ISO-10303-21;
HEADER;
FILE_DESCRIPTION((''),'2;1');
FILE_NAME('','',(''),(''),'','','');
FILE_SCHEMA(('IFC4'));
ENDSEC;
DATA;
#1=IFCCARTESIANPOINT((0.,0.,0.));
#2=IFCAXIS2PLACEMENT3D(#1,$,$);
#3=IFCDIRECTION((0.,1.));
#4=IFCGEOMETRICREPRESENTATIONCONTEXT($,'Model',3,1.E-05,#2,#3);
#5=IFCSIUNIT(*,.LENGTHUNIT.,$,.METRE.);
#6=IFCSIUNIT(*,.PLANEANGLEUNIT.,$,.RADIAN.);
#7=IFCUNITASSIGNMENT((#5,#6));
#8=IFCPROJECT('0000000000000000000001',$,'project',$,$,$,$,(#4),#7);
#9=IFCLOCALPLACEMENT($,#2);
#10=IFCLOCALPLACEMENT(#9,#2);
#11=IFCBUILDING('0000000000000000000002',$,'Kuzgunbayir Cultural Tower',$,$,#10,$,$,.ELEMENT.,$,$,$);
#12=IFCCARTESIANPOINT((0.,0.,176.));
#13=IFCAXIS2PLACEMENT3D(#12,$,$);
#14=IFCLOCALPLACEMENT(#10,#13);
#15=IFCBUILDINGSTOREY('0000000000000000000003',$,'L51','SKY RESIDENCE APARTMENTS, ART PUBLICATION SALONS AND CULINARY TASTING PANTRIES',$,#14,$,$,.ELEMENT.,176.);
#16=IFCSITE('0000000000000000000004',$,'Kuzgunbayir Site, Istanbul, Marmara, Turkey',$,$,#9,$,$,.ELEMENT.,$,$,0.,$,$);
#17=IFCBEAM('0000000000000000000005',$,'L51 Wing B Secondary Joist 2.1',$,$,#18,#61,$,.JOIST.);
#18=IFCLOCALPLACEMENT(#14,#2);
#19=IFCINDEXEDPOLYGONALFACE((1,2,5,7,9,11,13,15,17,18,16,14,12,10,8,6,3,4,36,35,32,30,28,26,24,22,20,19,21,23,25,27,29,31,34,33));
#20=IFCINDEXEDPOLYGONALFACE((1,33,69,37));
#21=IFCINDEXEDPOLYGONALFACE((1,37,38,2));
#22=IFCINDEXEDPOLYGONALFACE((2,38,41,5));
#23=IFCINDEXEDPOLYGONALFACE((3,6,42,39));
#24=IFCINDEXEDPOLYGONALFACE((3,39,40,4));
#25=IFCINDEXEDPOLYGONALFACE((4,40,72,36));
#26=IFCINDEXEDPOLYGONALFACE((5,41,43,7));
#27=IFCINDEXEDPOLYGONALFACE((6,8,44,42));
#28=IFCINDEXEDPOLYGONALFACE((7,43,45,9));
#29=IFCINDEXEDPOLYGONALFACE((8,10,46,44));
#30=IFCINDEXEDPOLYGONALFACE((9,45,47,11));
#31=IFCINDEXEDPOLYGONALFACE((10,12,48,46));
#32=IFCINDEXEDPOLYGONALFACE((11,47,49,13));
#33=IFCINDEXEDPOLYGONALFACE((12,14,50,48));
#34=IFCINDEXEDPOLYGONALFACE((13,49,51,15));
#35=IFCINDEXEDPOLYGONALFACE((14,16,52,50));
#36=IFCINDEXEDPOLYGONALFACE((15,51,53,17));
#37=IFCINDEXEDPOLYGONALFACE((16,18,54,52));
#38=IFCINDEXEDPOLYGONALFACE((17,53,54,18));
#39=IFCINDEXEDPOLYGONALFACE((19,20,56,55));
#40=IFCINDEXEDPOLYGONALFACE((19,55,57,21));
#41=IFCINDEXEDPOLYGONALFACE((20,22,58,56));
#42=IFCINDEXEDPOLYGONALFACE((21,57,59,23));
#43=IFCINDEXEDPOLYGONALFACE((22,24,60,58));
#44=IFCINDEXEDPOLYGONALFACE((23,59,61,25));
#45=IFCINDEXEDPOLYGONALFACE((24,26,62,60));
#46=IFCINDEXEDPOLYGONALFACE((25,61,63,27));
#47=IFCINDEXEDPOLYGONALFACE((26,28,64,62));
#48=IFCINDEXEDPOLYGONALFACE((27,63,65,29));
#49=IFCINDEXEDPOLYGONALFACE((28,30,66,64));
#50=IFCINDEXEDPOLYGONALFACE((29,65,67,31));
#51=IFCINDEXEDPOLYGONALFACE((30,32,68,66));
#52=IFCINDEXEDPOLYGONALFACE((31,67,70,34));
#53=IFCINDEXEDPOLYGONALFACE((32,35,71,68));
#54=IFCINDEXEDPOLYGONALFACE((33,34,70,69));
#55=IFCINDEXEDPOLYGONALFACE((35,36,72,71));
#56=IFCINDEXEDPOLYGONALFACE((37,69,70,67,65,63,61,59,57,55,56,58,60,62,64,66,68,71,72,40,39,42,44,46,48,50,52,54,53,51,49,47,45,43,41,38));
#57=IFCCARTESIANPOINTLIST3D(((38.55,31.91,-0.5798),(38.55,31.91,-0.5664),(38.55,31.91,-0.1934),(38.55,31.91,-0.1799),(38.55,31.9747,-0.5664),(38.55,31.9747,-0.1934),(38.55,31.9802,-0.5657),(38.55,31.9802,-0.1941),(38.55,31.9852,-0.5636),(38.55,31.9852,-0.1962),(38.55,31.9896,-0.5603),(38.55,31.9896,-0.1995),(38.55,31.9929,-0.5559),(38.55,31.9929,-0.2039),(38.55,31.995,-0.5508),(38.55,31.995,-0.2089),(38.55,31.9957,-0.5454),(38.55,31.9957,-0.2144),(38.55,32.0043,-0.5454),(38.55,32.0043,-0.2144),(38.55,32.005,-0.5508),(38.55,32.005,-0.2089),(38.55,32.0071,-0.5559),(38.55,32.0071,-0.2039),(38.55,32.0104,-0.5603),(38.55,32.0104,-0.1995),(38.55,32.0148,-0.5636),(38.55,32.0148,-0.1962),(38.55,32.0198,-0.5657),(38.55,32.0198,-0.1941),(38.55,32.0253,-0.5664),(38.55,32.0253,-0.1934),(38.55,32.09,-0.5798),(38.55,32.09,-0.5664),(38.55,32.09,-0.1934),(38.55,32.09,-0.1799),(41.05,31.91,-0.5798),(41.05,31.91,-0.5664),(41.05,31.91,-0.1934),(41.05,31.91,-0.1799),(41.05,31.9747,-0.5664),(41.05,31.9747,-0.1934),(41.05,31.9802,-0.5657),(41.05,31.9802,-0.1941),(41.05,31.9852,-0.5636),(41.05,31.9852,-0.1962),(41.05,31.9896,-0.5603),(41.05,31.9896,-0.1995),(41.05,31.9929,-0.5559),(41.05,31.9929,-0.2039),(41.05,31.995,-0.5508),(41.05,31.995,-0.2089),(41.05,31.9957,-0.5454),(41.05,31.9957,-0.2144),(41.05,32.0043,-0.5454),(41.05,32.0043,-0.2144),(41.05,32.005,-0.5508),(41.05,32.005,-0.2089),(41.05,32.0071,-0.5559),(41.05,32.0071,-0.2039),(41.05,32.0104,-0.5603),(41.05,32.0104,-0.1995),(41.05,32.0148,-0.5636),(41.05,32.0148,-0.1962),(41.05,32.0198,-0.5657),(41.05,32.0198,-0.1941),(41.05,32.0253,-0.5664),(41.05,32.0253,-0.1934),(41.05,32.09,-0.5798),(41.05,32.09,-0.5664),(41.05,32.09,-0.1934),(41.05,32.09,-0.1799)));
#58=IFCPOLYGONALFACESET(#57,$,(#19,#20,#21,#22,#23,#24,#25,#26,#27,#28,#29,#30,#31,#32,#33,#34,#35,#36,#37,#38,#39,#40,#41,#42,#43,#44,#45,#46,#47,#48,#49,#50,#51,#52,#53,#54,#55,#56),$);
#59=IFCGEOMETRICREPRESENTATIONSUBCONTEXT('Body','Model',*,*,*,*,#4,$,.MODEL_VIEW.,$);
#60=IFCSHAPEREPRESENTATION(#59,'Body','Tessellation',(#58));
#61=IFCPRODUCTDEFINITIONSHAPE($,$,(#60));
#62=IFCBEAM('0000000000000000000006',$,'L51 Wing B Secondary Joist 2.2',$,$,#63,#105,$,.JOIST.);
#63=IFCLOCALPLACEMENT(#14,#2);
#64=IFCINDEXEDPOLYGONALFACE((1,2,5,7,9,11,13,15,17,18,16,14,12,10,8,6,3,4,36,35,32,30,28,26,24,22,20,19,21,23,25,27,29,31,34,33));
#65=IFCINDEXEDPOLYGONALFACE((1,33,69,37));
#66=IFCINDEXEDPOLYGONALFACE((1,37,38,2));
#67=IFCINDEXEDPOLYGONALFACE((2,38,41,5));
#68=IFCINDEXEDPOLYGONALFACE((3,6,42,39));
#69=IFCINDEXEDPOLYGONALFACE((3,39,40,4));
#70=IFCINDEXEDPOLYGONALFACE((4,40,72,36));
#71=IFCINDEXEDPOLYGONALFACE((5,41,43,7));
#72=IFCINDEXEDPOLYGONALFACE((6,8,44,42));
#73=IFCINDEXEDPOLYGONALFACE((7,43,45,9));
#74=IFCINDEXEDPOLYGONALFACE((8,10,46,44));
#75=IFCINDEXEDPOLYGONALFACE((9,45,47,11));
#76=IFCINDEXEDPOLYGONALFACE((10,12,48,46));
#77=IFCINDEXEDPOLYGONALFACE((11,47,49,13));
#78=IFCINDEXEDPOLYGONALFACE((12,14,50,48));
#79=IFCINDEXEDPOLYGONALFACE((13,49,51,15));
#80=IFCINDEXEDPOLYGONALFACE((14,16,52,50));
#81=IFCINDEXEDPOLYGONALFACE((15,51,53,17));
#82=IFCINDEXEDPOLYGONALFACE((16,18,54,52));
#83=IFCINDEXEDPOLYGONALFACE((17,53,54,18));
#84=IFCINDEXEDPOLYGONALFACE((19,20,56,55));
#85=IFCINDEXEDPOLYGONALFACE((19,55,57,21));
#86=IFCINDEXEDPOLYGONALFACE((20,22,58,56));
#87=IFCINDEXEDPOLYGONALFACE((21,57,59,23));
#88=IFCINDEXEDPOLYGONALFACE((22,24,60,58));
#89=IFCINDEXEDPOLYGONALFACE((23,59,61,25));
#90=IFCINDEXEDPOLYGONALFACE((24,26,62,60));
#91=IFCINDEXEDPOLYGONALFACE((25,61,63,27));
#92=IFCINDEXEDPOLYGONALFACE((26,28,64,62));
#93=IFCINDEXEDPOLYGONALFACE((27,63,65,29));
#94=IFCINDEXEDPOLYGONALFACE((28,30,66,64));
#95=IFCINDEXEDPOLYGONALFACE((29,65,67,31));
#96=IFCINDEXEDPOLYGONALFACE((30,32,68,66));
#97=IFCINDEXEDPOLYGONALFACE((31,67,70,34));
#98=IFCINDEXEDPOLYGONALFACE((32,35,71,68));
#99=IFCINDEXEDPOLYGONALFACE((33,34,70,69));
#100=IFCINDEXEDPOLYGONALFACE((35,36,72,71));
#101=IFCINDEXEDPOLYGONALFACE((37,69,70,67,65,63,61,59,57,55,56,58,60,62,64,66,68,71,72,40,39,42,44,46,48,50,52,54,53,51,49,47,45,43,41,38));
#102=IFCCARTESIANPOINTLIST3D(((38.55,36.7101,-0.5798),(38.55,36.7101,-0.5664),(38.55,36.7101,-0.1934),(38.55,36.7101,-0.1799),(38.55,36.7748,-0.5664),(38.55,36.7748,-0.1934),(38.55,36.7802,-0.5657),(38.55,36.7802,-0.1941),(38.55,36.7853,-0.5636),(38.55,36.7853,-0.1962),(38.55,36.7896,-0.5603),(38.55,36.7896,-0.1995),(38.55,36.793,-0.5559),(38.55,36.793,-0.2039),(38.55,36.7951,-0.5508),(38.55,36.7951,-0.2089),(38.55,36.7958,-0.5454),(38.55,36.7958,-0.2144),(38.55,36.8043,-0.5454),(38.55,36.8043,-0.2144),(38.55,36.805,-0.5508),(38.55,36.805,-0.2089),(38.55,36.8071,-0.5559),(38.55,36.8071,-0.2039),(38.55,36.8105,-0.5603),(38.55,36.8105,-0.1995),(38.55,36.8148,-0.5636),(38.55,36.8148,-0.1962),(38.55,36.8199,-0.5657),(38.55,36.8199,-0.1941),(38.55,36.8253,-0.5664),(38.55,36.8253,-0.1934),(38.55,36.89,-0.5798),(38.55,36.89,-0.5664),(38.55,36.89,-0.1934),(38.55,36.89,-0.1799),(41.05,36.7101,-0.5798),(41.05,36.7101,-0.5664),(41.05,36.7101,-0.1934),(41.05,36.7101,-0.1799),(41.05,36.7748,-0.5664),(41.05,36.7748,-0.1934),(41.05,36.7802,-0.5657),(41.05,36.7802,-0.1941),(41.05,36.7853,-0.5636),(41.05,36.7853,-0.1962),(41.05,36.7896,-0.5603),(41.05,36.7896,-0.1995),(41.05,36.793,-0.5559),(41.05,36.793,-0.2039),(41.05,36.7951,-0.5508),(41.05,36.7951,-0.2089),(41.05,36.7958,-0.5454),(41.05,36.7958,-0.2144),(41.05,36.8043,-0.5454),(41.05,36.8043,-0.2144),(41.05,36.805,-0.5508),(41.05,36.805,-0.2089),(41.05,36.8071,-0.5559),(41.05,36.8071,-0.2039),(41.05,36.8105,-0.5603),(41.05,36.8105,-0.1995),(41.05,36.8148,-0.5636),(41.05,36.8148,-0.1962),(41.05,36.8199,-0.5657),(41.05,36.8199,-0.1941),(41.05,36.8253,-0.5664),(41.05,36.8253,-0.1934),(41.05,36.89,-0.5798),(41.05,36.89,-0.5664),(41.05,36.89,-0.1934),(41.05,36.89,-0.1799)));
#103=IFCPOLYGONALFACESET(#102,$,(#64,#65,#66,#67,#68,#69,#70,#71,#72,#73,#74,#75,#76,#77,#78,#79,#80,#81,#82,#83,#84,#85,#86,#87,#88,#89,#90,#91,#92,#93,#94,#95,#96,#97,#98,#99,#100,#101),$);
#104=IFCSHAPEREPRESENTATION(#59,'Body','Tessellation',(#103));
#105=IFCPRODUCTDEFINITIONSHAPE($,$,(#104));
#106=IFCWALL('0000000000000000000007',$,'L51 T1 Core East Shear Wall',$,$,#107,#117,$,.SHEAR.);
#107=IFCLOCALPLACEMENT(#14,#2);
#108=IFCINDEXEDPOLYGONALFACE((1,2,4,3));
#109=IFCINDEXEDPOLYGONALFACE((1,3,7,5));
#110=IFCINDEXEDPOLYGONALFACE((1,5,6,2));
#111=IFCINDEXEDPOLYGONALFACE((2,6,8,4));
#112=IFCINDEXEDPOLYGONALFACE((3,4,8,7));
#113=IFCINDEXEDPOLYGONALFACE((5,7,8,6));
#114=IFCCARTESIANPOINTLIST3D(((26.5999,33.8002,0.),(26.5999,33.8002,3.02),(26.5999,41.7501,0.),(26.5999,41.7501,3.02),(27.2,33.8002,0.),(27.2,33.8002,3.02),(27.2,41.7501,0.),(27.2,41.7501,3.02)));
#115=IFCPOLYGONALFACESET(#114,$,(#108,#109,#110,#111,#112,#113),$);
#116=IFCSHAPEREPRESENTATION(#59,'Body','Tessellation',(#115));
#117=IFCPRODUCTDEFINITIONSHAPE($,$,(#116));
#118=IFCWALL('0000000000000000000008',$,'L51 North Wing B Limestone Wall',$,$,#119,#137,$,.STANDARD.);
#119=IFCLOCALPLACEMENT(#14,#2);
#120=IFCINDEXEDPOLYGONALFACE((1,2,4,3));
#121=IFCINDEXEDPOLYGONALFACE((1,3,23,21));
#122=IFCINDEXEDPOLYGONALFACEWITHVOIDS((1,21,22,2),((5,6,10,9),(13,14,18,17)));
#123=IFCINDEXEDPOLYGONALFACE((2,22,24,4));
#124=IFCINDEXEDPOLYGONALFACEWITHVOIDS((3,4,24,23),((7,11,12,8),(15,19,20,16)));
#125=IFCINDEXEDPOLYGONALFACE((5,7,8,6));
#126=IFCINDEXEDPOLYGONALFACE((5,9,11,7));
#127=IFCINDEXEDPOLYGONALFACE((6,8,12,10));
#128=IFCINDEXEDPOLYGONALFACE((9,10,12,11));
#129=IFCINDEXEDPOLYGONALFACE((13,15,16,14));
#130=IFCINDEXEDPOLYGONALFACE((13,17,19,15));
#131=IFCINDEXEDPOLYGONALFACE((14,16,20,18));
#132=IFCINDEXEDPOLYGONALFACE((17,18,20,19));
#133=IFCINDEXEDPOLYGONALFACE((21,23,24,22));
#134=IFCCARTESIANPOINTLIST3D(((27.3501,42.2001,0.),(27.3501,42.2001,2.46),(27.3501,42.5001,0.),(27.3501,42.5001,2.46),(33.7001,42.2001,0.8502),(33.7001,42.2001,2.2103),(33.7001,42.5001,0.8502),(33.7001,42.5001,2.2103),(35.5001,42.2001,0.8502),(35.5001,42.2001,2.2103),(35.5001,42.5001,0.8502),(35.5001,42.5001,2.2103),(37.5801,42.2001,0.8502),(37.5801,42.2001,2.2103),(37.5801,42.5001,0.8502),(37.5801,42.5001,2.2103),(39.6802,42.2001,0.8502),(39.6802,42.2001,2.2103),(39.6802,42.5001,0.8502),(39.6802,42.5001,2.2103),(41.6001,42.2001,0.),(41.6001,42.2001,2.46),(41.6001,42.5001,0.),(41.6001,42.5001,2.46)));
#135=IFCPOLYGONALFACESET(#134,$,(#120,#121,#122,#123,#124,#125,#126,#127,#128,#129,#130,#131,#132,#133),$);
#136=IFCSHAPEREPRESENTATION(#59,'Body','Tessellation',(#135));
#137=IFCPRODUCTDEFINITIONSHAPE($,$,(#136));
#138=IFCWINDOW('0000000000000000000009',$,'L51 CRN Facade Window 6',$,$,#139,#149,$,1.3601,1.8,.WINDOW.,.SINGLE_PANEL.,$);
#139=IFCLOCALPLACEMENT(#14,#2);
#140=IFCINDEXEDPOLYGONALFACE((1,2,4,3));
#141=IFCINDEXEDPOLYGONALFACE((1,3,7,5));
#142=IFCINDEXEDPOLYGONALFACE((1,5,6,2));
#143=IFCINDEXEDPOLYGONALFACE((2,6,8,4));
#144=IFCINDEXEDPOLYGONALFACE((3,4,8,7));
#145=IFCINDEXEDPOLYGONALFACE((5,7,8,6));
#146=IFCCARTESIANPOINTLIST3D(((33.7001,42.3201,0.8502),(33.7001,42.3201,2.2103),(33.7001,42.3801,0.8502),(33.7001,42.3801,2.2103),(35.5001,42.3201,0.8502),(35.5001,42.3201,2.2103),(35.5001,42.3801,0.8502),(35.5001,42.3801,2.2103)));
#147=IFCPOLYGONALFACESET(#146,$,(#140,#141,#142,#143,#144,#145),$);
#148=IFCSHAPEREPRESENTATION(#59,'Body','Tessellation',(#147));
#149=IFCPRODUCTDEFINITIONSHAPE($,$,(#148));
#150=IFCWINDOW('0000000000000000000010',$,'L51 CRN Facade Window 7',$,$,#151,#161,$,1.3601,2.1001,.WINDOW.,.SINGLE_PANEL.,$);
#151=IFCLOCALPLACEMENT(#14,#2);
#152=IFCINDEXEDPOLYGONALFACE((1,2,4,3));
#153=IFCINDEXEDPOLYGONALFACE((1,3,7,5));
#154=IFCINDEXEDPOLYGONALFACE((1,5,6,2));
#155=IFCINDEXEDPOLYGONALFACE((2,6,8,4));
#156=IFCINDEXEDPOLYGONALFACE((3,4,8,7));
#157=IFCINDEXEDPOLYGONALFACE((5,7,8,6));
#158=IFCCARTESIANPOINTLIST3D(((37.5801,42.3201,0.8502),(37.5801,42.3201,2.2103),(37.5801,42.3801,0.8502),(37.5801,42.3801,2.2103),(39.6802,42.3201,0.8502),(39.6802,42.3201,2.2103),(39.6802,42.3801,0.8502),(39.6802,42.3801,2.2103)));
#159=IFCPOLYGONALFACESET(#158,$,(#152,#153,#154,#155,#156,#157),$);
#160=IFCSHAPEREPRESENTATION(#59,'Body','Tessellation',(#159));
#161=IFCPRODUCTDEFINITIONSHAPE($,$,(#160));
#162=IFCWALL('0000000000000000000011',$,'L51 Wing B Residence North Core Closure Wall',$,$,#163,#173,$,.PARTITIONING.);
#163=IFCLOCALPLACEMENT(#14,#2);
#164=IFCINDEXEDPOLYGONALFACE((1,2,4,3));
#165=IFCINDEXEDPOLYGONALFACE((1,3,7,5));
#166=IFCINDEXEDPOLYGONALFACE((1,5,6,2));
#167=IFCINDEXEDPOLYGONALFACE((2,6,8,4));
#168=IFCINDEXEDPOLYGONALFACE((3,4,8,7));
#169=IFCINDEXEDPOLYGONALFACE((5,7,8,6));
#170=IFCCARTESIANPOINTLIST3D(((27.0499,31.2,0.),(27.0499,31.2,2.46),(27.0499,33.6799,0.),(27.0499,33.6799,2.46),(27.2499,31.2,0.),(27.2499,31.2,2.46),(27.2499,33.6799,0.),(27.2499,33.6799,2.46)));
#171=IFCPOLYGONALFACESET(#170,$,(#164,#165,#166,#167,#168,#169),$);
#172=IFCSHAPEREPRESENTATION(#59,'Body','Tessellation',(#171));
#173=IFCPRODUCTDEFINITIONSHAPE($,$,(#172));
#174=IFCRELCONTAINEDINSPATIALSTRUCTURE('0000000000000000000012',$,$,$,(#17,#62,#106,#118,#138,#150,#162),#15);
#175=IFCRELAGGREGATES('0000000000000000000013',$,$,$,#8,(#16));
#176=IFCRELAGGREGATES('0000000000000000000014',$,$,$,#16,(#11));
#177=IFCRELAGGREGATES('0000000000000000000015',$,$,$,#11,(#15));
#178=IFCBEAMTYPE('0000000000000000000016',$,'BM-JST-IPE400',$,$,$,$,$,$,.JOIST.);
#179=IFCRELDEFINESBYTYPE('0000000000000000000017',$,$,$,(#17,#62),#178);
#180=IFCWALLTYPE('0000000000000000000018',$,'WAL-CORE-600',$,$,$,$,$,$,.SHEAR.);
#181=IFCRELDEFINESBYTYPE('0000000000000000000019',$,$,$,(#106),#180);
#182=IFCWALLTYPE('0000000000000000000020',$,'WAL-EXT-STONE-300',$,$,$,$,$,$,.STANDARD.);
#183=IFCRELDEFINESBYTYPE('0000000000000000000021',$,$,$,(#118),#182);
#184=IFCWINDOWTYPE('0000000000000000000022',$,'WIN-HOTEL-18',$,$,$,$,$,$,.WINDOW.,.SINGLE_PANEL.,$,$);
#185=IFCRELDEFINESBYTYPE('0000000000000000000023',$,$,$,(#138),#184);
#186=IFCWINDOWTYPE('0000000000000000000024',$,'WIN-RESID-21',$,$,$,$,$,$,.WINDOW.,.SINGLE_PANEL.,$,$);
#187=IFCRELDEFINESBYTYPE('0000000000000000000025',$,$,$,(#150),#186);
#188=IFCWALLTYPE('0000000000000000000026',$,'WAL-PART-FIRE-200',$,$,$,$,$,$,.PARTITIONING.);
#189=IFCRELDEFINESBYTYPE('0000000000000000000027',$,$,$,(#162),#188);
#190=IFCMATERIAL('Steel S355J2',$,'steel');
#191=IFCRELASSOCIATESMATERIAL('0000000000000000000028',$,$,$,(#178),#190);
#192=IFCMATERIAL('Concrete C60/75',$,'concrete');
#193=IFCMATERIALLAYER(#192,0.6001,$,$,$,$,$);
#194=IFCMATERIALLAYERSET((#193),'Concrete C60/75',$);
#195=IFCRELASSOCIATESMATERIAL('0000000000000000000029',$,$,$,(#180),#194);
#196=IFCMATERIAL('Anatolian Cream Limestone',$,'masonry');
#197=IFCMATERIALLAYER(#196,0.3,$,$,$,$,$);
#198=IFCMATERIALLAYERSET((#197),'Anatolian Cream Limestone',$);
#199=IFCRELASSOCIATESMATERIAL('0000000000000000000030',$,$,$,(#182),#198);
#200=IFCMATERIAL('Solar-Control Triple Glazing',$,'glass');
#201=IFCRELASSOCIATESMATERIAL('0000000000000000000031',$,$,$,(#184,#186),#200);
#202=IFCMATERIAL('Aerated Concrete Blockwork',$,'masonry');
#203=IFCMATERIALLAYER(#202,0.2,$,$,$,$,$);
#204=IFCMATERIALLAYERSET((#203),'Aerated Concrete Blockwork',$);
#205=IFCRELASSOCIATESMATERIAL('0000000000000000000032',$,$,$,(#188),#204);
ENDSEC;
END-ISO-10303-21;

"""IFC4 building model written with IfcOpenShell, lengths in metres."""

from ifc_helpers import new_model, si_unit, direction, frame, frame_2d, origin, origin_2d, place, context, subcontext, project, spatial, rectangle, i_section, extrude, material, layer, layer_set, material_profile, profile_set, type_object, element, fill, save


model = new_model("IFC4")

# Units and contexts
model_context = context("Model", 3, precision=1e-05, world=origin(), true_north=direction((0.0, 1.0)))
body_context = subcontext(model_context, "Body", "Model", "MODEL_VIEW")
ifc_project = project(units=[si_unit("LENGTHUNIT", "METRE"), si_unit("PLANEANGLEUNIT", "RADIAN")], contexts=[model_context])

# Site, building, storey
site_placement = place(None, origin())
site = spatial("IfcSite", under=ifc_project, at=site_placement, Name="Kuzgunbayir Site, Istanbul, Marmara, Turkey", CompositionType="ELEMENT", RefElevation=0.0)
building_placement = place(site_placement, origin())
building = spatial("IfcBuilding", under=site, at=building_placement, Name="Kuzgunbayir Cultural Tower", CompositionType="ELEMENT")
storey_placement = place(building_placement, frame((0.0, 0.0, 176.0)))
storey = spatial("IfcBuildingStorey", under=building, at=storey_placement, Name="L51", Description="SKY RESIDENCE APARTMENTS, ART PUBLICATION SALONS AND CULINARY TASTING PANTRIES", CompositionType="ELEMENT", Elevation=176.0)

# Beams
ifc_material_1 = material(Name="Steel S355J2", Category="steel")
ifc_material_profile_1 = material_profile(ifc_material_1, i_section(OverallWidth=0.1799, OverallDepth=0.3999, WebThickness=0.0085, FlangeThickness=0.0134, FilletRadius=0.021, at=origin_2d()), Name="IPE 400")
ifc_profile_set_1 = profile_set([ifc_material_profile_1], Name="Steel S355J2")
beam_type_1 = type_object("IfcBeamType", Name="BM-JST-IPE400", PredefinedType="JOIST", material=ifc_profile_set_1)
for number, where, z_axis, x_axis, name in (
    (1, (38.55, 32.0, -0.3799), (1.0, 0.0, 0.0), (0.0, 1.0, 0.0), "L51 Wing B Secondary Joist 2.1"),
    (2, (38.55, 36.8, -0.3799), (1.0, 0.0, 0.0), (0.0, 1.0, 0.0), "L51 Wing B Secondary Joist 2.2"),
):
    element("IfcBeam", number, at=place(storey_placement, frame(where, z_axis=z_axis, x_axis=x_axis)), inside=storey, type_object=beam_type_1, Name=name, PredefinedType="JOIST", context=body_context, shape_type="SweptSolid", body=[
        extrude(i_section(OverallWidth=0.1799, OverallDepth=0.3999, WebThickness=0.0085, FlangeThickness=0.0134, FilletRadius=0.021, at=origin_2d()), origin(), (0.0, 0.0, 1.0), 2.5),
    ])

# Wall
ifc_material_2 = material(Name="Concrete C60/75", Category="concrete")
ifc_layer_1 = layer(ifc_material_2, 0.6001)
ifc_layer_set_1 = layer_set([ifc_layer_1], Name="Concrete C60/75")
wall_type_1 = type_object("IfcWallType", Name="WAL-CORE-600", PredefinedType="SHEAR", material=ifc_layer_set_1)
wall_1_placement = place(storey_placement, frame((26.8999, 33.8, 0.0), z_axis=(0.0, 0.0, 1.0), x_axis=(0.0, 1.0, 0.0)))
element("IfcWall", 3, at=wall_1_placement, inside=storey, type_object=wall_type_1, Name="L51 T1 Core East Shear Wall", PredefinedType="SHEAR", context=body_context, shape_type="SweptSolid", body=[
    extrude(rectangle(XDim=7.95, YDim=0.6001, at=frame_2d((3.9751, 0.0))), origin(), (0.0, 0.0, 1.0), 3.02),
])

# Wall, openings, windows
ifc_material_3 = material(Name="Anatolian Cream Limestone", Category="masonry")
ifc_layer_2 = layer(ifc_material_3, 0.3)
ifc_layer_set_2 = layer_set([ifc_layer_2], Name="Anatolian Cream Limestone")
wall_type_2 = type_object("IfcWallType", Name="WAL-EXT-STONE-300", PredefinedType="STANDARD", material=ifc_layer_set_2)
wall_2_placement = place(storey_placement, frame((41.6001, 42.3501, 0.0), z_axis=(0.0, 0.0, 1.0), x_axis=(-1.0, 0.0, 0.0)))
wall_2 = element("IfcWall", 4, at=wall_2_placement, inside=storey, type_object=wall_type_2, Name="L51 North Wing B Limestone Wall", PredefinedType="STANDARD", context=body_context, shape_type="SweptSolid", body=[
    extrude(rectangle(XDim=14.25, YDim=0.3, at=frame_2d((7.125, 0.0))), origin(), (0.0, 0.0, 1.0), 2.46),
])
opening_1_placement = place(wall_2_placement, frame((6.1001, 0.0, 0.8501)))
opening_1 = element("IfcOpeningElement", 5, at=opening_1_placement, cuts=wall_2, PredefinedType="OPENING", context=body_context, shape_type="SweptSolid", body=[
    extrude(rectangle(XDim=1.8, YDim=1.3601, at=frame_2d((0.8999, 0.6802))), frame((0.0, 0.1602, 0.0), z_axis=(0.0, -1.0, 0.0), x_axis=(1.0, 0.0, 0.0)), (0.0, 0.0, 1.0), 0.3201),
])
opening_2_placement = place(wall_2_placement, frame((1.9199, 0.0, 0.8501)))
opening_2 = element("IfcOpeningElement", 6, at=opening_2_placement, cuts=wall_2, PredefinedType="OPENING", context=body_context, shape_type="SweptSolid", body=[
    extrude(rectangle(XDim=2.1001, YDim=1.3601, at=frame_2d((1.05, 0.6802))), frame((0.0, 0.1602, 0.0), z_axis=(0.0, -1.0, 0.0), x_axis=(1.0, 0.0, 0.0)), (0.0, 0.0, 1.0), 0.3201),
])
ifc_material_4 = material(Name="Solar-Control Triple Glazing", Category="glass")
window_type_1 = type_object("IfcWindowType", Name="WIN-HOTEL-18", PartitioningType="SINGLE_PANEL", PredefinedType="WINDOW", material=ifc_material_4)
window_1_placement = place(opening_1_placement, origin())
window_1 = element("IfcWindow", 7, at=window_1_placement, inside=storey, type_object=window_type_1, Name="L51 CRN Facade Window 6", OverallHeight=1.3601, OverallWidth=1.8, PartitioningType="SINGLE_PANEL", PredefinedType="WINDOW", context=body_context, shape_type="SweptSolid", body=[
    extrude(rectangle(XDim=1.8, YDim=1.3601, at=frame_2d((0.8999, 0.6802))), frame((0.0, 0.03, 0.0), z_axis=(0.0, -1.0, 0.0), x_axis=(1.0, 0.0, 0.0)), (0.0, 0.0, 1.0), 0.0601),
])
fill(opening_1, window_1)
window_type_2 = type_object("IfcWindowType", Name="WIN-RESID-21", PartitioningType="SINGLE_PANEL", PredefinedType="WINDOW", material=ifc_material_4)
window_2_placement = place(opening_2_placement, origin())
window_2 = element("IfcWindow", 8, at=window_2_placement, inside=storey, type_object=window_type_2, Name="L51 CRN Facade Window 7", OverallHeight=1.3601, OverallWidth=2.1001, PartitioningType="SINGLE_PANEL", PredefinedType="WINDOW", context=body_context, shape_type="SweptSolid", body=[
    extrude(rectangle(XDim=2.1001, YDim=1.3601, at=frame_2d((1.05, 0.6802))), frame((0.0, 0.03, 0.0), z_axis=(0.0, -1.0, 0.0), x_axis=(1.0, 0.0, 0.0)), (0.0, 0.0, 1.0), 0.0601),
])
fill(opening_2, window_2)

# Shared definitions
ifc_material_5 = material(Name="Aerated Concrete Blockwork", Category="masonry")
ifc_layer_3 = layer(ifc_material_5, 0.2)
ifc_layer_set_3 = layer_set([ifc_layer_3], Name="Aerated Concrete Blockwork")
wall_type_3 = type_object("IfcWallType", Name="WAL-PART-FIRE-200", PredefinedType="PARTITIONING", material=ifc_layer_set_3)

# Wall
wall_3_placement = place(storey_placement, frame((27.1499, 31.2, 0.0), z_axis=(0.0, 0.0, 1.0), x_axis=(0.0, 1.0, 0.0)))
element("IfcWall", 9, at=wall_3_placement, inside=storey, type_object=wall_type_3, Name="L51 Wing B Residence North Core Closure Wall", PredefinedType="PARTITIONING", context=body_context, shape_type="SweptSolid", body=[
    extrude(rectangle(XDim=2.48, YDim=0.2, at=frame_2d((1.24, 0.0))), origin(), (0.0, 0.0, 1.0), 2.46),
])

save(model, "model.ifc")
